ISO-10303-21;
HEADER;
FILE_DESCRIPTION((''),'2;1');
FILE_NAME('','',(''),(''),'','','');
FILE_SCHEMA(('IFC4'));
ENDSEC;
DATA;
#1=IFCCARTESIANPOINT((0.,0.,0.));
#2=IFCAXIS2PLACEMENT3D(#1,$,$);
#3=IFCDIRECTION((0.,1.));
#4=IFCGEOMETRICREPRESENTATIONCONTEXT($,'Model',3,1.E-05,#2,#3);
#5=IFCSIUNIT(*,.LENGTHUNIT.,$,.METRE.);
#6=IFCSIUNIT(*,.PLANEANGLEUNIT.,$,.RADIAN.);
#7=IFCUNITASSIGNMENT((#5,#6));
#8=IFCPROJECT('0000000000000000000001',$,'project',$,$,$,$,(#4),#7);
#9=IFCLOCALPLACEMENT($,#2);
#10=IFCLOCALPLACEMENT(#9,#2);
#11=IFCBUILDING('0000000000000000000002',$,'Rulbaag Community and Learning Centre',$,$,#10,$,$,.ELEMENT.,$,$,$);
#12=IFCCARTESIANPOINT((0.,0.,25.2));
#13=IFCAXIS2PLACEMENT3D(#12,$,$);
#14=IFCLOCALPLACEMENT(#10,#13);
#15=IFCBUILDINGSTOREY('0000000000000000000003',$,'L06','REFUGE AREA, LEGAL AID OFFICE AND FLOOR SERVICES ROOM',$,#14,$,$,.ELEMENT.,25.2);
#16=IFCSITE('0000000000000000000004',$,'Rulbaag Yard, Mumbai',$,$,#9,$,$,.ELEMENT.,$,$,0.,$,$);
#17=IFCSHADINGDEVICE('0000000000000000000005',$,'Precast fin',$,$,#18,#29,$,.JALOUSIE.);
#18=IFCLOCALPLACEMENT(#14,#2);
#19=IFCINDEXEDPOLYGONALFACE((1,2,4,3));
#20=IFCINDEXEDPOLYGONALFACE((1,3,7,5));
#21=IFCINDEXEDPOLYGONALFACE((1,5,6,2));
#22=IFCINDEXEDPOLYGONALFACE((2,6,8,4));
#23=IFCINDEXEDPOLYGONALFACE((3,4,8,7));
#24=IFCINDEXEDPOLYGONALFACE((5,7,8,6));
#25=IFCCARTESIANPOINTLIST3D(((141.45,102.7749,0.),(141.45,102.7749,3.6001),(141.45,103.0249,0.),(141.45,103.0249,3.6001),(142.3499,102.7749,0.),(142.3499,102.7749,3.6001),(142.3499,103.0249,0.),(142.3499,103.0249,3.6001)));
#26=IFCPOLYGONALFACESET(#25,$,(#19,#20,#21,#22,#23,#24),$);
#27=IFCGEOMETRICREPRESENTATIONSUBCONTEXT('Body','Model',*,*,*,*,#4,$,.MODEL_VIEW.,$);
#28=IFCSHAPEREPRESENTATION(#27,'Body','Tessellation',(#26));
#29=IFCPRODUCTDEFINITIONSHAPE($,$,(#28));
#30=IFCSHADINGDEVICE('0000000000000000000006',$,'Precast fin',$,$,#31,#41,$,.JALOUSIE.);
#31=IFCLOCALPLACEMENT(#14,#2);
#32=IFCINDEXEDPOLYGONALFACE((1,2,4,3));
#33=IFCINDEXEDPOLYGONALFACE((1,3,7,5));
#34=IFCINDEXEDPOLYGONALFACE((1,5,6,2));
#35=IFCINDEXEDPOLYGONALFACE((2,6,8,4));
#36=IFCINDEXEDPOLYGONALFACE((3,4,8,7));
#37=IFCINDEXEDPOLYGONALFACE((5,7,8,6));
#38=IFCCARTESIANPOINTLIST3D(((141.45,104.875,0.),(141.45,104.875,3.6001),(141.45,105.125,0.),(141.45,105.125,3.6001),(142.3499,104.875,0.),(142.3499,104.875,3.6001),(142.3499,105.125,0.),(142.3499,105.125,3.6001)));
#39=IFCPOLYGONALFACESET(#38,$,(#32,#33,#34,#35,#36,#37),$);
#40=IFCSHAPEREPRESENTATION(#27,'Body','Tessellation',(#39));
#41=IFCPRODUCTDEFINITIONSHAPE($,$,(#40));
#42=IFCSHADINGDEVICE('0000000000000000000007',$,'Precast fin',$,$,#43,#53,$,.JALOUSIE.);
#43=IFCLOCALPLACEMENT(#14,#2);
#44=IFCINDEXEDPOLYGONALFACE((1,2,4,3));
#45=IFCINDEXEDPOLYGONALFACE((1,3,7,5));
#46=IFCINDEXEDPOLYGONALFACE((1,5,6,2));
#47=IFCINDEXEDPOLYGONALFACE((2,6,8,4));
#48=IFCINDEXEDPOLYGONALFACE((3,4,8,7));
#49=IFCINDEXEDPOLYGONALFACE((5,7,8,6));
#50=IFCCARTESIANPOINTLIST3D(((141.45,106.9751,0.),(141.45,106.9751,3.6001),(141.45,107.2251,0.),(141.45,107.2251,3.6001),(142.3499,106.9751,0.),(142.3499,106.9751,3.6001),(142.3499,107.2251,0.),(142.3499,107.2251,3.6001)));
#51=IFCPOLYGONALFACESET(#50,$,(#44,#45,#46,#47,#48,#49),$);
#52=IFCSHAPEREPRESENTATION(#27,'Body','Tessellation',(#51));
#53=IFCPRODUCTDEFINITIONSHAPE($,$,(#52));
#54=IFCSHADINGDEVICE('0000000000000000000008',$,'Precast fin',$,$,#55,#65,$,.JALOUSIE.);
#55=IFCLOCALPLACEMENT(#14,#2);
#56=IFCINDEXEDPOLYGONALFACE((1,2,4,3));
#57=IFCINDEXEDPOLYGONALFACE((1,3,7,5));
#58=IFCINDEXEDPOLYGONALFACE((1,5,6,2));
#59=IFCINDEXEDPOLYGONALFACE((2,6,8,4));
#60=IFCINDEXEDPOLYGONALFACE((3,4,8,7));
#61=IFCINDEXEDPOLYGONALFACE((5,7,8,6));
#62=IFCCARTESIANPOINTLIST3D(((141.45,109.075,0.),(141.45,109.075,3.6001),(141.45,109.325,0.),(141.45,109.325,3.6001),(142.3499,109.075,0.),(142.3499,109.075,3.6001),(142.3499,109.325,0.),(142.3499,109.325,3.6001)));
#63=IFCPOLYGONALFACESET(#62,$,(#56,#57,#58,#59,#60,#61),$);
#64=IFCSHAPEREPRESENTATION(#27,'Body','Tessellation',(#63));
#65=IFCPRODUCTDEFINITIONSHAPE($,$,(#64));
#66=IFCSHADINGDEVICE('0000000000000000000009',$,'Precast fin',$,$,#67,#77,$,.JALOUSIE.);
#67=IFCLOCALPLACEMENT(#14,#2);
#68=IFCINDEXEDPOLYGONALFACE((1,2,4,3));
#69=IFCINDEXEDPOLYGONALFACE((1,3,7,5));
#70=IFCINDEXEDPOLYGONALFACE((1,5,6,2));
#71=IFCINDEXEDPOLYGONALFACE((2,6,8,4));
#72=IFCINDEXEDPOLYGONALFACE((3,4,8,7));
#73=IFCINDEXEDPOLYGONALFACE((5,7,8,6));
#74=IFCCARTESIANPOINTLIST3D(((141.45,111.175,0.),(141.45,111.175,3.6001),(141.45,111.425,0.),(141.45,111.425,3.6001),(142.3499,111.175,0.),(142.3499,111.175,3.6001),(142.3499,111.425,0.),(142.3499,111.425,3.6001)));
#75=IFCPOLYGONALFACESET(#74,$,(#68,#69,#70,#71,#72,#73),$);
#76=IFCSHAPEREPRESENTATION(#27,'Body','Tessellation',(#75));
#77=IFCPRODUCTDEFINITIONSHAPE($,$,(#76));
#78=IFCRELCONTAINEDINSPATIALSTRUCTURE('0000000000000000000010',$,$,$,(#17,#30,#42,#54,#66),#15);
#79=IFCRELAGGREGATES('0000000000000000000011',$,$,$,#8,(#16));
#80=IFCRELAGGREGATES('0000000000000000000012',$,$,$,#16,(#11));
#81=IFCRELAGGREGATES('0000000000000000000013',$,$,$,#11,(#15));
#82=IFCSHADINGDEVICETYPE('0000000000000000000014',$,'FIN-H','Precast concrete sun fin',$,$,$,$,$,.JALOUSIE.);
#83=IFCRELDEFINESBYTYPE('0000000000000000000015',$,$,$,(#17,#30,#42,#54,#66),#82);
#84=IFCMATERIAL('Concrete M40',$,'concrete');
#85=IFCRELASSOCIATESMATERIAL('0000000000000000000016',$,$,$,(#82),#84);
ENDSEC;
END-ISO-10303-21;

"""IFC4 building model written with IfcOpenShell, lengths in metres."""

from ifc_helpers import new_model, si_unit, direction, frame, origin, origin_2d, place, context, subcontext, project, spatial, rectangle, extrude, material, material_profile, profile_set, type_object, element, save


model = new_model("IFC4")

# Units and contexts
model_context = context("Model", 3, precision=1e-05, world=origin(), true_north=direction((0.0, 1.0)))
body_context = subcontext(model_context, "Body", "Model", "MODEL_VIEW")
ifc_project = project(units=[si_unit("LENGTHUNIT", "METRE"), si_unit("PLANEANGLEUNIT", "RADIAN")], contexts=[model_context])

# Site, building, storey
site_placement = place(None, origin())
site = spatial("IfcSite", under=ifc_project, at=site_placement, Name="Rulbaag Yard, Mumbai", CompositionType="ELEMENT", RefElevation=0.0)
building_placement = place(site_placement, origin())
building = spatial("IfcBuilding", under=site, at=building_placement, Name="Rulbaag Community and Learning Centre", CompositionType="ELEMENT")
storey_placement = place(building_placement, frame((0.0, 0.0, 25.2)))
storey = spatial("IfcBuildingStorey", under=building, at=storey_placement, Name="L06", Description="REFUGE AREA, LEGAL AID OFFICE AND FLOOR SERVICES ROOM", CompositionType="ELEMENT", Elevation=25.2)

# Shared definitions
ifc_material = material(Name="Concrete M40", Category="concrete")

# Shading devices
ifc_material_profile = material_profile(ifc_material, rectangle(XDim=0.25, YDim=0.8999, at=origin_2d()), Name="PC 250x900")
ifc_profile_set = profile_set([ifc_material_profile], Name="Concrete M40")
shading_device_type_1 = type_object("IfcShadingDeviceType", Name="FIN-H", Description="Precast concrete sun fin", PredefinedType="JALOUSIE", material=ifc_profile_set)
for number, where, z_axis, x_axis, name in (
    (1, (141.8999, 102.8999, 0.0), (0.0, 0.0, 1.0), (0.0, 1.0, 0.0), "Precast fin"),
    (2, (141.8999, 105.0, 0.0), (0.0, 0.0, 1.0), (0.0, 1.0, 0.0), "Precast fin"),
    (3, (141.8999, 107.1001, 0.0), (0.0, 0.0, 1.0), (0.0, 1.0, 0.0), "Precast fin"),
    (4, (141.8999, 109.2, 0.0), (0.0, 0.0, 1.0), (0.0, 1.0, 0.0), "Precast fin"),
    (5, (141.8999, 111.3, 0.0), (0.0, 0.0, 1.0), (0.0, 1.0, 0.0), "Precast fin"),
):
    element("IfcShadingDevice", number, at=place(storey_placement, frame(where, z_axis=z_axis, x_axis=x_axis)), inside=storey, type_object=shading_device_type_1, Name=name, PredefinedType="JALOUSIE", context=body_context, shape_type="SweptSolid", body=[
        extrude(rectangle(XDim=0.25, YDim=0.8999, at=origin_2d()), origin(), (0.0, 0.0, 1.0), 3.6001),
    ])

save(model, "model.ifc")
